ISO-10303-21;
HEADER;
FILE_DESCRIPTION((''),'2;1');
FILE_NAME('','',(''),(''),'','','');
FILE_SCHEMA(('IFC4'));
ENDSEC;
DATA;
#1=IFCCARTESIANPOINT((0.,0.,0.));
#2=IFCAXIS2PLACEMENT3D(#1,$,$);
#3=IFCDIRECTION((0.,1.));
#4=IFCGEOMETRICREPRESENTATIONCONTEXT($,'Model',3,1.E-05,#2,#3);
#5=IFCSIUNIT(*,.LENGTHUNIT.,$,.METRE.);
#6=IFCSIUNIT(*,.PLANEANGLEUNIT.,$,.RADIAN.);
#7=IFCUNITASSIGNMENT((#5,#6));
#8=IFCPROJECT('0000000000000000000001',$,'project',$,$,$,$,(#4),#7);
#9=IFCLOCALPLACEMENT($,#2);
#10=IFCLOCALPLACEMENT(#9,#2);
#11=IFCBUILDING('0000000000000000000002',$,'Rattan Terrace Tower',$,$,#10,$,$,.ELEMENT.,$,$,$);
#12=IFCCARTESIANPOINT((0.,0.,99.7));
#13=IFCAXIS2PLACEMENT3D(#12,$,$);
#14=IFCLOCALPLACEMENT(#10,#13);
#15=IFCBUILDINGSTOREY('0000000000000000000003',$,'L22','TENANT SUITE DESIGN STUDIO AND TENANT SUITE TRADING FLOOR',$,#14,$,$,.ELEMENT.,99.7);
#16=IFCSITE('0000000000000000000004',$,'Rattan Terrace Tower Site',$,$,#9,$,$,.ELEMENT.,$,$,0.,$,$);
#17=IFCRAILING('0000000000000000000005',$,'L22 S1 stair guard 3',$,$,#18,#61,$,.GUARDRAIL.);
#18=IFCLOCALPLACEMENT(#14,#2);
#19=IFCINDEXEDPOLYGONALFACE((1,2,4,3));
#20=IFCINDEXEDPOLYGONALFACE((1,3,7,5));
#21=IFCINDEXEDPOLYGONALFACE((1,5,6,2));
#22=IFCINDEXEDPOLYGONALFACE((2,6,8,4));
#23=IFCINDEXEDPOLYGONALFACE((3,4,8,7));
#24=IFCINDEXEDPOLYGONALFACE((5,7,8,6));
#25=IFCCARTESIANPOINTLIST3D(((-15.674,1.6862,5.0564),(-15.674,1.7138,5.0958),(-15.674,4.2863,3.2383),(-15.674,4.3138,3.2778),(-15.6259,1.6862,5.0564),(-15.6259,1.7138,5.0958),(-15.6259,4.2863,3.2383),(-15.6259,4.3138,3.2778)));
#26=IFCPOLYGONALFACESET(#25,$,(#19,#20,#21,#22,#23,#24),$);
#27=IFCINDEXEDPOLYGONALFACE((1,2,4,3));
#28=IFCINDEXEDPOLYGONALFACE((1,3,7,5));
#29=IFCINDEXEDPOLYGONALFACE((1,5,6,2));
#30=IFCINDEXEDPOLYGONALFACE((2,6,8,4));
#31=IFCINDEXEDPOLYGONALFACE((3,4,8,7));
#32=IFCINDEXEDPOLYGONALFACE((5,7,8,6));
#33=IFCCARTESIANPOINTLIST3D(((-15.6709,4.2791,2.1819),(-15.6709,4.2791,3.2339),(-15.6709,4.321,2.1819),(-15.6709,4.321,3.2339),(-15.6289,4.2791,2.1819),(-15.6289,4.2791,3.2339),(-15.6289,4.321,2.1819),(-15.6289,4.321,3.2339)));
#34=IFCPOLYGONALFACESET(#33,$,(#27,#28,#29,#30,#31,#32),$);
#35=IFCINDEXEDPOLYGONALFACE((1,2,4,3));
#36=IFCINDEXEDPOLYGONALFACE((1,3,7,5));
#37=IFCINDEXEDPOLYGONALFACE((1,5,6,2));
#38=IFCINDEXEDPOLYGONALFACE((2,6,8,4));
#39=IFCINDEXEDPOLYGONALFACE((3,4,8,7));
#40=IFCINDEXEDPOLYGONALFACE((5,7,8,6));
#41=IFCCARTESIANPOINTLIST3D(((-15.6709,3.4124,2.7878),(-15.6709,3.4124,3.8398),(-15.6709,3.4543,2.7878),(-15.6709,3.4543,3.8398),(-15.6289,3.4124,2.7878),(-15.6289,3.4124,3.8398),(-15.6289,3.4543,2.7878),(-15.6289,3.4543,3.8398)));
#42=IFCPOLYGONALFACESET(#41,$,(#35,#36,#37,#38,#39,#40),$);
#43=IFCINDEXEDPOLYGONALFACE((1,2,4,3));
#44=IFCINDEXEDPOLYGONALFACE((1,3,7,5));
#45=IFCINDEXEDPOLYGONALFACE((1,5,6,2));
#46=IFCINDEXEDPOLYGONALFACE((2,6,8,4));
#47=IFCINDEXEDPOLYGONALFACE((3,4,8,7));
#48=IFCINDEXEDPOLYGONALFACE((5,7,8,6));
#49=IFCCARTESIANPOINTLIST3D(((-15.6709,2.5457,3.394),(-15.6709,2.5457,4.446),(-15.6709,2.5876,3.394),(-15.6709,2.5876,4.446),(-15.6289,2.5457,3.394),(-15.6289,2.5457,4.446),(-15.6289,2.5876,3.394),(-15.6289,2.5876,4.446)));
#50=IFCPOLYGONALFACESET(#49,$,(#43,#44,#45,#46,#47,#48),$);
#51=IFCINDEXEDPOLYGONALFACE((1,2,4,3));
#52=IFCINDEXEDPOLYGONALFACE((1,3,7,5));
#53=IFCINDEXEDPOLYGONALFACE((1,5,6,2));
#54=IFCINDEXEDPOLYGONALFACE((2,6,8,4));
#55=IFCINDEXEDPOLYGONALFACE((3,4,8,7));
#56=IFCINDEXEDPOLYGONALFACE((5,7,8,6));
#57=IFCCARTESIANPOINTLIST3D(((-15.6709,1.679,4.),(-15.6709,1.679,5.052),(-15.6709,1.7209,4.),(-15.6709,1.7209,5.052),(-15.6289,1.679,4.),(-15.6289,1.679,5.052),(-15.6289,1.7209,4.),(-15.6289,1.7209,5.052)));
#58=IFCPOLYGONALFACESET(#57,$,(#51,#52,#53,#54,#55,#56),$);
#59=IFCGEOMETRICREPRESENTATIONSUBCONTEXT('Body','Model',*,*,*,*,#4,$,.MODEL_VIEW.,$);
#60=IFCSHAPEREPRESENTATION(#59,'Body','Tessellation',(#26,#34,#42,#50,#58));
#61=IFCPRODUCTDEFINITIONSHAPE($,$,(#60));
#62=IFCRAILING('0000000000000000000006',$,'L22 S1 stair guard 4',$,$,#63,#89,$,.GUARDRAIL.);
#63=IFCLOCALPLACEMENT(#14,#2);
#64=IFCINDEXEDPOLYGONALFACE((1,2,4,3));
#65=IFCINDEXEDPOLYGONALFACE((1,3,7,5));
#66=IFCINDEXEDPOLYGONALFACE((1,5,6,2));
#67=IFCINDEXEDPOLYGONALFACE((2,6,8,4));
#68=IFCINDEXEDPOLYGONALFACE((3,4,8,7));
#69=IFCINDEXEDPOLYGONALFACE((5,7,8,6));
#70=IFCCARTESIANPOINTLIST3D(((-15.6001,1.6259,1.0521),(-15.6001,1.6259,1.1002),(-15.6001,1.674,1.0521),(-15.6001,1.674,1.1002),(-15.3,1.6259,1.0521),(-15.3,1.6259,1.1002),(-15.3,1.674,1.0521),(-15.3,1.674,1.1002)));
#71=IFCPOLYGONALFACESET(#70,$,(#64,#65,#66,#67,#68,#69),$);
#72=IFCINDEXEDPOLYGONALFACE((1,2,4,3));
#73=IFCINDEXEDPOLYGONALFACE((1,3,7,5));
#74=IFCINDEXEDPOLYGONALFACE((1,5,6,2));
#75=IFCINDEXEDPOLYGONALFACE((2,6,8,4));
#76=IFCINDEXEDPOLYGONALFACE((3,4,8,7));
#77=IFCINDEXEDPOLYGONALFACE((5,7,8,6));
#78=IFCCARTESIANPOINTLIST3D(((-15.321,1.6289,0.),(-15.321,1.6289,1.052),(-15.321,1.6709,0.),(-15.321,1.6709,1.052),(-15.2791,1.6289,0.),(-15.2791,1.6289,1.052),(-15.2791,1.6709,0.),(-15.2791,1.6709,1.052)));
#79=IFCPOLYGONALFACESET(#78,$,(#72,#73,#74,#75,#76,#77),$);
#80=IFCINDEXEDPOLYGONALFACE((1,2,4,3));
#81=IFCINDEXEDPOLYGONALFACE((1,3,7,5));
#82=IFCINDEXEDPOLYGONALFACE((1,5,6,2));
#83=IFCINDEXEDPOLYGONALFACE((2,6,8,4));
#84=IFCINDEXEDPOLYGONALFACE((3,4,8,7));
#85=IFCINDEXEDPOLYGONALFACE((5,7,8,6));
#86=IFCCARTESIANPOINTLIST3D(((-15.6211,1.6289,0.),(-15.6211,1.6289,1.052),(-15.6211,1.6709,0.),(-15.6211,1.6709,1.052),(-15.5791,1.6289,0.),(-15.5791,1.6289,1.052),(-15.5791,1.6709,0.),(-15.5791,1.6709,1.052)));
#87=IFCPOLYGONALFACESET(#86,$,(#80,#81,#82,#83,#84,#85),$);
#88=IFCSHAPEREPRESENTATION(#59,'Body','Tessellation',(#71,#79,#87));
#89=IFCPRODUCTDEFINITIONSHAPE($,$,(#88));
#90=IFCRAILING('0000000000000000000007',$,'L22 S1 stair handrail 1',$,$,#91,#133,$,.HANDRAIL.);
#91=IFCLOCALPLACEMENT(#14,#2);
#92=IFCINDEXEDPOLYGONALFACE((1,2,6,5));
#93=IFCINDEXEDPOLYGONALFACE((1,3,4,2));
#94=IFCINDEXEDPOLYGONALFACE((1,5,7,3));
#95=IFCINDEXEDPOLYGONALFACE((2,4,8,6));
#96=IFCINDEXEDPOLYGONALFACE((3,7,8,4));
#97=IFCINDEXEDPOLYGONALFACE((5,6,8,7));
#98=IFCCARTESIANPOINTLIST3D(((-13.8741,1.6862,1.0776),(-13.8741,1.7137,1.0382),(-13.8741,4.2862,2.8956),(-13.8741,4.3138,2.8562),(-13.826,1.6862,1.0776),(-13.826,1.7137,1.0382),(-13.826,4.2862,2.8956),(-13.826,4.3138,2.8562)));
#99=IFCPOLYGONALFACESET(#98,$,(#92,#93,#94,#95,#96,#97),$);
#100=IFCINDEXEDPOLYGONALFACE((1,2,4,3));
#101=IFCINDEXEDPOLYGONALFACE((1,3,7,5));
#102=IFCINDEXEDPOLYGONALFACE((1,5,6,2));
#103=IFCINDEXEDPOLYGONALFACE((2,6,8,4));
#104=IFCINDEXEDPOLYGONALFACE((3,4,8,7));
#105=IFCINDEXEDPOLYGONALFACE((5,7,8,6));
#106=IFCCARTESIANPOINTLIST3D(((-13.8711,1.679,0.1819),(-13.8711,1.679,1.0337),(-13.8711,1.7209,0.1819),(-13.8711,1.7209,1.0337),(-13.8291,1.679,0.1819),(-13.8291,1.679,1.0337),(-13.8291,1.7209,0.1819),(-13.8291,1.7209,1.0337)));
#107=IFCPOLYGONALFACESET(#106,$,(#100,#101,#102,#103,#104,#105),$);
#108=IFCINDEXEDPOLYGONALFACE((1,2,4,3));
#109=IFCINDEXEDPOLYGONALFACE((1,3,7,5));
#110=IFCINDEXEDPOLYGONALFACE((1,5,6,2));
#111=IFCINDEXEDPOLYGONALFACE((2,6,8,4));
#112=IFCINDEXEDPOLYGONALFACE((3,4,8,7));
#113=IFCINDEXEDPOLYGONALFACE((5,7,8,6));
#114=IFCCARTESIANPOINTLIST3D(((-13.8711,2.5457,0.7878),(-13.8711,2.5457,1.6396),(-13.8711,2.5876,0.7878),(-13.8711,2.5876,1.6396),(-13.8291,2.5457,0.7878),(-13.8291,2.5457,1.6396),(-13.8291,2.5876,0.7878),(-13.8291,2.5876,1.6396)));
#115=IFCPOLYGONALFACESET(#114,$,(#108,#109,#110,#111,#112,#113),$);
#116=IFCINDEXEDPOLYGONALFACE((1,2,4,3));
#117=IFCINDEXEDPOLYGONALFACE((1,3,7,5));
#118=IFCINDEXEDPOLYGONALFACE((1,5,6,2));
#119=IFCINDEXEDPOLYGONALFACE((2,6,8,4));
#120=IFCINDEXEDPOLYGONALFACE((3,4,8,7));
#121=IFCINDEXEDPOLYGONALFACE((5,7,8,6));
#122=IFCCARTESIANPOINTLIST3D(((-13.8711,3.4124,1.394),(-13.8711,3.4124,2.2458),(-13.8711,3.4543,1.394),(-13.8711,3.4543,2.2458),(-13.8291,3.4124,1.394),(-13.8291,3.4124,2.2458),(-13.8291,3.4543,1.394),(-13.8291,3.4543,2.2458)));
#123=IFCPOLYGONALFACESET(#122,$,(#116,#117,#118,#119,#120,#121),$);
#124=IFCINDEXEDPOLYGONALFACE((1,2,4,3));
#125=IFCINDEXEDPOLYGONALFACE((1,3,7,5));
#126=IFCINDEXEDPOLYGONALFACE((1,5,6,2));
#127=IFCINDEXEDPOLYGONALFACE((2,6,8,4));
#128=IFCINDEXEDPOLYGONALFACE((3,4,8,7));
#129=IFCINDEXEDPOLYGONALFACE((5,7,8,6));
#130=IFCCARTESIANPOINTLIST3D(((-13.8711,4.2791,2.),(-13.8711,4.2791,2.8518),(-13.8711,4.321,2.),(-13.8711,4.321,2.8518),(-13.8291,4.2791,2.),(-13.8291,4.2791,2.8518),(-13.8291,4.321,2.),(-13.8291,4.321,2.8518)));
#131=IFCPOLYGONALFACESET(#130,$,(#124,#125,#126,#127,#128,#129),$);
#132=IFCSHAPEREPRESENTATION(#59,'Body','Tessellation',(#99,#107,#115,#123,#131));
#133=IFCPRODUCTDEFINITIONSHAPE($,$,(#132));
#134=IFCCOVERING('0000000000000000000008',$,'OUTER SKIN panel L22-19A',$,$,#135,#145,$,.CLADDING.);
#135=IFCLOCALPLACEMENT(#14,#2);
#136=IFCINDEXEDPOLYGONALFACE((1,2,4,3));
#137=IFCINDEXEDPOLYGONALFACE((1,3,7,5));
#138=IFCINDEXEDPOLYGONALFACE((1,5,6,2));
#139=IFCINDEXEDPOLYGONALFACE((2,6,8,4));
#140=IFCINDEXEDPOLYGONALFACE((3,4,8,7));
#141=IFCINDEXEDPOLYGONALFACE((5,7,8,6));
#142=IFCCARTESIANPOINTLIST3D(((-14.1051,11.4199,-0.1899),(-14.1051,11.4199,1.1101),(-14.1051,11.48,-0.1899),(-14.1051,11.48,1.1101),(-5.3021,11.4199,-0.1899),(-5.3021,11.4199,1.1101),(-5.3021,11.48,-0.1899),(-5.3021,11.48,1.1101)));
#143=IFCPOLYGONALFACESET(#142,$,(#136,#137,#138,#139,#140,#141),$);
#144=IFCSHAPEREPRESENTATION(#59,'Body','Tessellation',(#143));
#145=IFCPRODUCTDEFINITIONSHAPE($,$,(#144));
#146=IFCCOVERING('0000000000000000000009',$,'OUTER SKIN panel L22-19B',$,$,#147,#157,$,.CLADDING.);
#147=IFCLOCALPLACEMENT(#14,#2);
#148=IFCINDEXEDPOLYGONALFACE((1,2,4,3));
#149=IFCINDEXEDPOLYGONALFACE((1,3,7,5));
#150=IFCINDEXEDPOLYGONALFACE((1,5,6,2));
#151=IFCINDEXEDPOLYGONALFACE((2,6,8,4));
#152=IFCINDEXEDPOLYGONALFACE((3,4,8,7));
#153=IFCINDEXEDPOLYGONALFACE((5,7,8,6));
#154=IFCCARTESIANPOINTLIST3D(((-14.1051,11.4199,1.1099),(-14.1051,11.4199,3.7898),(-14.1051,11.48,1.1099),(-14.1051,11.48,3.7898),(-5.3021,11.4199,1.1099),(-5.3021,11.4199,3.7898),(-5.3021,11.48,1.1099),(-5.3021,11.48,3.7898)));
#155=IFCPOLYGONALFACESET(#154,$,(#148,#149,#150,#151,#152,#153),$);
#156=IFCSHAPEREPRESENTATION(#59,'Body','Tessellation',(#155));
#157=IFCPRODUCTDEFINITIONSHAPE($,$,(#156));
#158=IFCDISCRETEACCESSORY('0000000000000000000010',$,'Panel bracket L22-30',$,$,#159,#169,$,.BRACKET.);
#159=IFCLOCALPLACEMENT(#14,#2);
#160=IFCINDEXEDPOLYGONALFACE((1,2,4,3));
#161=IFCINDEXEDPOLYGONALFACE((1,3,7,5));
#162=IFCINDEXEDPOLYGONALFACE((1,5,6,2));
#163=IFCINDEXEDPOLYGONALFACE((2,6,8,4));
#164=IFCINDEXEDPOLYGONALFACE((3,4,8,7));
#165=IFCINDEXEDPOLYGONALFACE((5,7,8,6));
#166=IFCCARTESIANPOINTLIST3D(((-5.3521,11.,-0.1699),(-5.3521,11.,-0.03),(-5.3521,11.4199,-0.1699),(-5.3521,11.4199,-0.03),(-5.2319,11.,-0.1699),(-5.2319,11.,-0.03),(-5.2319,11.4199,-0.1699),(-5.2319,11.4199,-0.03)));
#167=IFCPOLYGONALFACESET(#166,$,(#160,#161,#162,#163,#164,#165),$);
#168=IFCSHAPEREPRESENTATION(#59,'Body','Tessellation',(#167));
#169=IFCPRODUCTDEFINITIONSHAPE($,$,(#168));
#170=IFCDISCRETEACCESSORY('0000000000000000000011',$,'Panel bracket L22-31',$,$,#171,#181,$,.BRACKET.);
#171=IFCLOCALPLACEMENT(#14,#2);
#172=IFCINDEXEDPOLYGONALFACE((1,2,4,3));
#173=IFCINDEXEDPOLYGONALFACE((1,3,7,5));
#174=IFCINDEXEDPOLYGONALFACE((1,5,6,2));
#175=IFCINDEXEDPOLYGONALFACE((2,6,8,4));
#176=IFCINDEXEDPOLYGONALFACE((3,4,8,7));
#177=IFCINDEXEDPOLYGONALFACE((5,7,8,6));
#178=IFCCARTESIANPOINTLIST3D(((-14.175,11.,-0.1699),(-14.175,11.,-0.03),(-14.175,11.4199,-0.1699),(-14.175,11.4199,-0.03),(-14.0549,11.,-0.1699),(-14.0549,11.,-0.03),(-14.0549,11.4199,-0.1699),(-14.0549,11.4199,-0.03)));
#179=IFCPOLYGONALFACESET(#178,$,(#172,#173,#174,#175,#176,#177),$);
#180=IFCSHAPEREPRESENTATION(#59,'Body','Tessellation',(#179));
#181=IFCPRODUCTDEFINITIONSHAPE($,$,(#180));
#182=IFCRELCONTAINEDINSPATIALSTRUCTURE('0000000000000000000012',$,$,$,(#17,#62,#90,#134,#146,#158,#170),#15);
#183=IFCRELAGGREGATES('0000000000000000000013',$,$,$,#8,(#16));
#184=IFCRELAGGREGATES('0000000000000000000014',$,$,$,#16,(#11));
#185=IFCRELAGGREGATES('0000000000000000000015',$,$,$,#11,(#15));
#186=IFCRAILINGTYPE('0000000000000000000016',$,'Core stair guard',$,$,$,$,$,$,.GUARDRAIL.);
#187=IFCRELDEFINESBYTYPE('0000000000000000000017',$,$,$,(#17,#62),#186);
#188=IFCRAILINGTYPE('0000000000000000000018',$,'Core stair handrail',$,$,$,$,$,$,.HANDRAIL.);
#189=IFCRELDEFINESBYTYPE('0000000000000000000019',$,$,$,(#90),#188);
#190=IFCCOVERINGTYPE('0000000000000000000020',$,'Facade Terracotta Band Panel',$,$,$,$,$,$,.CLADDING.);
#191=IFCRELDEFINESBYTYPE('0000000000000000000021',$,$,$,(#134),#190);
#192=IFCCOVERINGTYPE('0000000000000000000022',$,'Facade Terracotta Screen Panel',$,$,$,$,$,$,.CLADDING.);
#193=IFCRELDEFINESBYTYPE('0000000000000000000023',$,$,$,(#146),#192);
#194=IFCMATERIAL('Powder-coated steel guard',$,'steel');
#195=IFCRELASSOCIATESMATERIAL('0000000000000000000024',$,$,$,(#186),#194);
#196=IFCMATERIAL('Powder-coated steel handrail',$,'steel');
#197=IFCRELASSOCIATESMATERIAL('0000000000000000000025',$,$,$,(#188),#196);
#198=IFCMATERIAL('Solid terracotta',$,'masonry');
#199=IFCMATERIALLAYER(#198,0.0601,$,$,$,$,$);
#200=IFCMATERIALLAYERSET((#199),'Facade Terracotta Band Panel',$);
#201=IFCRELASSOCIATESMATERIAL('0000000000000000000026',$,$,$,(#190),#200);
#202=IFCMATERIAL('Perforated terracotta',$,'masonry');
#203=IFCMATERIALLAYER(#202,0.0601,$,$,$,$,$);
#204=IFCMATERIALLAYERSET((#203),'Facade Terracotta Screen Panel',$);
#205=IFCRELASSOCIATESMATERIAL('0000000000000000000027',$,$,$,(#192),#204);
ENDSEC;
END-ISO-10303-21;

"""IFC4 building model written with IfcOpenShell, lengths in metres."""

from ifc_helpers import new_model, si_unit, direction, frame, origin, origin_2d, place, context, subcontext, project, spatial, rectangle, extrude, material, layer, layer_set, type_object, element, save


model = new_model("IFC4")

# Units and contexts
model_context = context("Model", 3, precision=1e-05, world=origin(), true_north=direction((0.0, 1.0)))
body_context = subcontext(model_context, "Body", "Model", "MODEL_VIEW")
ifc_project = project(units=[si_unit("LENGTHUNIT", "METRE"), si_unit("PLANEANGLEUNIT", "RADIAN")], contexts=[model_context])

# Site, building, storey
site_placement = place(None, origin())
site = spatial("IfcSite", under=ifc_project, at=site_placement, Name="Rattan Terrace Tower Site", CompositionType="ELEMENT", RefElevation=0.0)
building_placement = place(site_placement, origin())
building = spatial("IfcBuilding", under=site, at=building_placement, Name="Rattan Terrace Tower", CompositionType="ELEMENT")
storey_placement = place(building_placement, frame((0.0, 0.0, 99.7)))
storey = spatial("IfcBuildingStorey", under=building, at=storey_placement, Name="L22", Description="TENANT SUITE DESIGN STUDIO AND TENANT SUITE TRADING FLOOR", CompositionType="ELEMENT", Elevation=99.7)

# Railings
ifc_material_1 = material(Name="Powder-coated steel guard", Category="steel")
railing_type_1 = type_object("IfcRailingType", Name="Core stair guard", PredefinedType="GUARDRAIL", material=ifc_material_1)
railing_1_placement = place(storey_placement, frame((-15.6499, 4.3, 2.1819)))
element("IfcRailing", 1, at=railing_1_placement, inside=storey, type_object=railing_type_1, Name="L22 S1 stair guard 3", PredefinedType="GUARDRAIL", context=body_context, shape_type="SweptSolid", body=[
    extrude(rectangle(XDim=0.0481, YDim=0.0481, at=origin_2d()), frame((0.0, 0.0, 1.0762), z_axis=(0.0, -0.819521, 0.573049), x_axis=(1.0, 0.0, 0.0)), (0.0, 0.0, 1.0), 3.1726),
    extrude(rectangle(XDim=0.042, YDim=0.042, at=origin_2d()), origin(), (0.0, 0.0, 1.0), 1.052),
    extrude(rectangle(XDim=0.042, YDim=0.042, at=origin_2d()), frame((0.0, -0.8667, 0.606)), (0.0, 0.0, 1.0), 1.052),
    extrude(rectangle(XDim=0.042, YDim=0.042, at=origin_2d()), frame((0.0, -1.7334, 1.2122)), (0.0, 0.0, 1.0), 1.052),
    extrude(rectangle(XDim=0.042, YDim=0.042, at=origin_2d()), frame((0.0, -2.6001, 1.8181)), (0.0, 0.0, 1.0), 1.052),
])
railing_2_placement = place(storey_placement, frame((-15.3, 1.6499, 0.0)))
element("IfcRailing", 2, at=railing_2_placement, inside=storey, type_object=railing_type_1, Name="L22 S1 stair guard 4", PredefinedType="GUARDRAIL", context=body_context, shape_type="SweptSolid", body=[
    extrude(rectangle(XDim=0.0481, YDim=0.0481, at=origin_2d()), frame((0.0, 0.0, 1.0762), z_axis=(-1.0, 0.0, 0.0), x_axis=(0.0, -1.0, 0.0)), (0.0, 0.0, 1.0), 0.3),
    extrude(rectangle(XDim=0.042, YDim=0.042, at=origin_2d()), origin(), (0.0, 0.0, 1.0), 1.052),
    extrude(rectangle(XDim=0.042, YDim=0.042, at=origin_2d()), frame((-0.3, 0.0, 0.0)), (0.0, 0.0, 1.0), 1.052),
])
ifc_material_2 = material(Name="Powder-coated steel handrail", Category="steel")
railing_type_2 = type_object("IfcRailingType", Name="Core stair handrail", PredefinedType="HANDRAIL", material=ifc_material_2)
railing_3_placement = place(storey_placement, frame((-13.8501, 1.7, 0.1819)))
element("IfcRailing", 3, at=railing_3_placement, inside=storey, type_object=railing_type_2, Name="L22 S1 stair handrail 1", PredefinedType="HANDRAIL", context=body_context, shape_type="SweptSolid", body=[
    extrude(rectangle(XDim=0.0481, YDim=0.0481, at=origin_2d()), frame((0.0, 0.0, 0.876), z_axis=(0.0, 0.819521, 0.573049), x_axis=(-1.0, 0.0, 0.0)), (0.0, 0.0, 1.0), 3.1726),
    extrude(rectangle(XDim=0.042, YDim=0.042, at=origin_2d()), origin(), (0.0, 0.0, 1.0), 0.8518),
    extrude(rectangle(XDim=0.042, YDim=0.042, at=origin_2d()), frame((0.0, 0.8667, 0.606)), (0.0, 0.0, 1.0), 0.8518),
    extrude(rectangle(XDim=0.042, YDim=0.042, at=origin_2d()), frame((0.0, 1.7334, 1.2122)), (0.0, 0.0, 1.0), 0.8518),
    extrude(rectangle(XDim=0.042, YDim=0.042, at=origin_2d()), frame((0.0, 2.6001, 1.8181)), (0.0, 0.0, 1.0), 0.8518),
])

# Coverings
ifc_material_3 = material(Name="Solid terracotta", Category="masonry")
ifc_layer_1 = layer(ifc_material_3, 0.0601)
ifc_layer_set_1 = layer_set([ifc_layer_1], Name="Facade Terracotta Band Panel")
covering_type_1 = type_object("IfcCoveringType", Name="Facade Terracotta Band Panel", PredefinedType="CLADDING", material=ifc_layer_set_1)
covering_1_placement = place(storey_placement, frame((-9.7036, 11.45, -0.1899), z_axis=(0.0, 0.0, 1.0), x_axis=(-1.0, 0.0, 0.0)))
element("IfcCovering", 4, at=covering_1_placement, inside=storey, type_object=covering_type_1, Name="OUTER SKIN panel L22-19A", PredefinedType="CLADDING", context=body_context, shape_type="SweptSolid", body=[
    extrude(rectangle(XDim=8.803, YDim=0.0601, at=origin_2d()), origin(), (0.0, 0.0, 1.0), 1.3),
])
ifc_material_4 = material(Name="Perforated terracotta", Category="masonry")
ifc_layer_2 = layer(ifc_material_4, 0.0601)
ifc_layer_set_2 = layer_set([ifc_layer_2], Name="Facade Terracotta Screen Panel")
covering_type_2 = type_object("IfcCoveringType", Name="Facade Terracotta Screen Panel", PredefinedType="CLADDING", material=ifc_layer_set_2)
covering_2_placement = place(storey_placement, frame((-9.7036, 11.45, 1.1099), z_axis=(0.0, 0.0, 1.0), x_axis=(-1.0, 0.0, 0.0)))
element("IfcCovering", 5, at=covering_2_placement, inside=storey, type_object=covering_type_2, Name="OUTER SKIN panel L22-19B", PredefinedType="CLADDING", context=body_context, shape_type="SweptSolid", body=[
    extrude(rectangle(XDim=8.803, YDim=0.0601, at=origin_2d()), origin(), (0.0, 0.0, 1.0), 2.6799),
])

# Discrete accessories
for number, where, z_axis, x_axis, name in (
    (6, (-5.292, 11.21, -0.1699), (0.0, 0.0, 1.0), (-1.0, 0.0, 0.0), "Panel bracket L22-30"),
    (7, (-14.115, 11.21, -0.1699), (0.0, 0.0, 1.0), (-1.0, 0.0, 0.0), "Panel bracket L22-31"),
):
    element("IfcDiscreteAccessory", number, at=place(storey_placement, frame(where, z_axis=z_axis, x_axis=x_axis)), inside=storey, Name=name, PredefinedType="BRACKET", context=body_context, shape_type="SweptSolid", body=[
        extrude(rectangle(XDim=0.1201, YDim=0.4199, at=origin_2d()), origin(), (0.0, 0.0, 1.0), 0.1399),
    ])

save(model, "model.ifc")
